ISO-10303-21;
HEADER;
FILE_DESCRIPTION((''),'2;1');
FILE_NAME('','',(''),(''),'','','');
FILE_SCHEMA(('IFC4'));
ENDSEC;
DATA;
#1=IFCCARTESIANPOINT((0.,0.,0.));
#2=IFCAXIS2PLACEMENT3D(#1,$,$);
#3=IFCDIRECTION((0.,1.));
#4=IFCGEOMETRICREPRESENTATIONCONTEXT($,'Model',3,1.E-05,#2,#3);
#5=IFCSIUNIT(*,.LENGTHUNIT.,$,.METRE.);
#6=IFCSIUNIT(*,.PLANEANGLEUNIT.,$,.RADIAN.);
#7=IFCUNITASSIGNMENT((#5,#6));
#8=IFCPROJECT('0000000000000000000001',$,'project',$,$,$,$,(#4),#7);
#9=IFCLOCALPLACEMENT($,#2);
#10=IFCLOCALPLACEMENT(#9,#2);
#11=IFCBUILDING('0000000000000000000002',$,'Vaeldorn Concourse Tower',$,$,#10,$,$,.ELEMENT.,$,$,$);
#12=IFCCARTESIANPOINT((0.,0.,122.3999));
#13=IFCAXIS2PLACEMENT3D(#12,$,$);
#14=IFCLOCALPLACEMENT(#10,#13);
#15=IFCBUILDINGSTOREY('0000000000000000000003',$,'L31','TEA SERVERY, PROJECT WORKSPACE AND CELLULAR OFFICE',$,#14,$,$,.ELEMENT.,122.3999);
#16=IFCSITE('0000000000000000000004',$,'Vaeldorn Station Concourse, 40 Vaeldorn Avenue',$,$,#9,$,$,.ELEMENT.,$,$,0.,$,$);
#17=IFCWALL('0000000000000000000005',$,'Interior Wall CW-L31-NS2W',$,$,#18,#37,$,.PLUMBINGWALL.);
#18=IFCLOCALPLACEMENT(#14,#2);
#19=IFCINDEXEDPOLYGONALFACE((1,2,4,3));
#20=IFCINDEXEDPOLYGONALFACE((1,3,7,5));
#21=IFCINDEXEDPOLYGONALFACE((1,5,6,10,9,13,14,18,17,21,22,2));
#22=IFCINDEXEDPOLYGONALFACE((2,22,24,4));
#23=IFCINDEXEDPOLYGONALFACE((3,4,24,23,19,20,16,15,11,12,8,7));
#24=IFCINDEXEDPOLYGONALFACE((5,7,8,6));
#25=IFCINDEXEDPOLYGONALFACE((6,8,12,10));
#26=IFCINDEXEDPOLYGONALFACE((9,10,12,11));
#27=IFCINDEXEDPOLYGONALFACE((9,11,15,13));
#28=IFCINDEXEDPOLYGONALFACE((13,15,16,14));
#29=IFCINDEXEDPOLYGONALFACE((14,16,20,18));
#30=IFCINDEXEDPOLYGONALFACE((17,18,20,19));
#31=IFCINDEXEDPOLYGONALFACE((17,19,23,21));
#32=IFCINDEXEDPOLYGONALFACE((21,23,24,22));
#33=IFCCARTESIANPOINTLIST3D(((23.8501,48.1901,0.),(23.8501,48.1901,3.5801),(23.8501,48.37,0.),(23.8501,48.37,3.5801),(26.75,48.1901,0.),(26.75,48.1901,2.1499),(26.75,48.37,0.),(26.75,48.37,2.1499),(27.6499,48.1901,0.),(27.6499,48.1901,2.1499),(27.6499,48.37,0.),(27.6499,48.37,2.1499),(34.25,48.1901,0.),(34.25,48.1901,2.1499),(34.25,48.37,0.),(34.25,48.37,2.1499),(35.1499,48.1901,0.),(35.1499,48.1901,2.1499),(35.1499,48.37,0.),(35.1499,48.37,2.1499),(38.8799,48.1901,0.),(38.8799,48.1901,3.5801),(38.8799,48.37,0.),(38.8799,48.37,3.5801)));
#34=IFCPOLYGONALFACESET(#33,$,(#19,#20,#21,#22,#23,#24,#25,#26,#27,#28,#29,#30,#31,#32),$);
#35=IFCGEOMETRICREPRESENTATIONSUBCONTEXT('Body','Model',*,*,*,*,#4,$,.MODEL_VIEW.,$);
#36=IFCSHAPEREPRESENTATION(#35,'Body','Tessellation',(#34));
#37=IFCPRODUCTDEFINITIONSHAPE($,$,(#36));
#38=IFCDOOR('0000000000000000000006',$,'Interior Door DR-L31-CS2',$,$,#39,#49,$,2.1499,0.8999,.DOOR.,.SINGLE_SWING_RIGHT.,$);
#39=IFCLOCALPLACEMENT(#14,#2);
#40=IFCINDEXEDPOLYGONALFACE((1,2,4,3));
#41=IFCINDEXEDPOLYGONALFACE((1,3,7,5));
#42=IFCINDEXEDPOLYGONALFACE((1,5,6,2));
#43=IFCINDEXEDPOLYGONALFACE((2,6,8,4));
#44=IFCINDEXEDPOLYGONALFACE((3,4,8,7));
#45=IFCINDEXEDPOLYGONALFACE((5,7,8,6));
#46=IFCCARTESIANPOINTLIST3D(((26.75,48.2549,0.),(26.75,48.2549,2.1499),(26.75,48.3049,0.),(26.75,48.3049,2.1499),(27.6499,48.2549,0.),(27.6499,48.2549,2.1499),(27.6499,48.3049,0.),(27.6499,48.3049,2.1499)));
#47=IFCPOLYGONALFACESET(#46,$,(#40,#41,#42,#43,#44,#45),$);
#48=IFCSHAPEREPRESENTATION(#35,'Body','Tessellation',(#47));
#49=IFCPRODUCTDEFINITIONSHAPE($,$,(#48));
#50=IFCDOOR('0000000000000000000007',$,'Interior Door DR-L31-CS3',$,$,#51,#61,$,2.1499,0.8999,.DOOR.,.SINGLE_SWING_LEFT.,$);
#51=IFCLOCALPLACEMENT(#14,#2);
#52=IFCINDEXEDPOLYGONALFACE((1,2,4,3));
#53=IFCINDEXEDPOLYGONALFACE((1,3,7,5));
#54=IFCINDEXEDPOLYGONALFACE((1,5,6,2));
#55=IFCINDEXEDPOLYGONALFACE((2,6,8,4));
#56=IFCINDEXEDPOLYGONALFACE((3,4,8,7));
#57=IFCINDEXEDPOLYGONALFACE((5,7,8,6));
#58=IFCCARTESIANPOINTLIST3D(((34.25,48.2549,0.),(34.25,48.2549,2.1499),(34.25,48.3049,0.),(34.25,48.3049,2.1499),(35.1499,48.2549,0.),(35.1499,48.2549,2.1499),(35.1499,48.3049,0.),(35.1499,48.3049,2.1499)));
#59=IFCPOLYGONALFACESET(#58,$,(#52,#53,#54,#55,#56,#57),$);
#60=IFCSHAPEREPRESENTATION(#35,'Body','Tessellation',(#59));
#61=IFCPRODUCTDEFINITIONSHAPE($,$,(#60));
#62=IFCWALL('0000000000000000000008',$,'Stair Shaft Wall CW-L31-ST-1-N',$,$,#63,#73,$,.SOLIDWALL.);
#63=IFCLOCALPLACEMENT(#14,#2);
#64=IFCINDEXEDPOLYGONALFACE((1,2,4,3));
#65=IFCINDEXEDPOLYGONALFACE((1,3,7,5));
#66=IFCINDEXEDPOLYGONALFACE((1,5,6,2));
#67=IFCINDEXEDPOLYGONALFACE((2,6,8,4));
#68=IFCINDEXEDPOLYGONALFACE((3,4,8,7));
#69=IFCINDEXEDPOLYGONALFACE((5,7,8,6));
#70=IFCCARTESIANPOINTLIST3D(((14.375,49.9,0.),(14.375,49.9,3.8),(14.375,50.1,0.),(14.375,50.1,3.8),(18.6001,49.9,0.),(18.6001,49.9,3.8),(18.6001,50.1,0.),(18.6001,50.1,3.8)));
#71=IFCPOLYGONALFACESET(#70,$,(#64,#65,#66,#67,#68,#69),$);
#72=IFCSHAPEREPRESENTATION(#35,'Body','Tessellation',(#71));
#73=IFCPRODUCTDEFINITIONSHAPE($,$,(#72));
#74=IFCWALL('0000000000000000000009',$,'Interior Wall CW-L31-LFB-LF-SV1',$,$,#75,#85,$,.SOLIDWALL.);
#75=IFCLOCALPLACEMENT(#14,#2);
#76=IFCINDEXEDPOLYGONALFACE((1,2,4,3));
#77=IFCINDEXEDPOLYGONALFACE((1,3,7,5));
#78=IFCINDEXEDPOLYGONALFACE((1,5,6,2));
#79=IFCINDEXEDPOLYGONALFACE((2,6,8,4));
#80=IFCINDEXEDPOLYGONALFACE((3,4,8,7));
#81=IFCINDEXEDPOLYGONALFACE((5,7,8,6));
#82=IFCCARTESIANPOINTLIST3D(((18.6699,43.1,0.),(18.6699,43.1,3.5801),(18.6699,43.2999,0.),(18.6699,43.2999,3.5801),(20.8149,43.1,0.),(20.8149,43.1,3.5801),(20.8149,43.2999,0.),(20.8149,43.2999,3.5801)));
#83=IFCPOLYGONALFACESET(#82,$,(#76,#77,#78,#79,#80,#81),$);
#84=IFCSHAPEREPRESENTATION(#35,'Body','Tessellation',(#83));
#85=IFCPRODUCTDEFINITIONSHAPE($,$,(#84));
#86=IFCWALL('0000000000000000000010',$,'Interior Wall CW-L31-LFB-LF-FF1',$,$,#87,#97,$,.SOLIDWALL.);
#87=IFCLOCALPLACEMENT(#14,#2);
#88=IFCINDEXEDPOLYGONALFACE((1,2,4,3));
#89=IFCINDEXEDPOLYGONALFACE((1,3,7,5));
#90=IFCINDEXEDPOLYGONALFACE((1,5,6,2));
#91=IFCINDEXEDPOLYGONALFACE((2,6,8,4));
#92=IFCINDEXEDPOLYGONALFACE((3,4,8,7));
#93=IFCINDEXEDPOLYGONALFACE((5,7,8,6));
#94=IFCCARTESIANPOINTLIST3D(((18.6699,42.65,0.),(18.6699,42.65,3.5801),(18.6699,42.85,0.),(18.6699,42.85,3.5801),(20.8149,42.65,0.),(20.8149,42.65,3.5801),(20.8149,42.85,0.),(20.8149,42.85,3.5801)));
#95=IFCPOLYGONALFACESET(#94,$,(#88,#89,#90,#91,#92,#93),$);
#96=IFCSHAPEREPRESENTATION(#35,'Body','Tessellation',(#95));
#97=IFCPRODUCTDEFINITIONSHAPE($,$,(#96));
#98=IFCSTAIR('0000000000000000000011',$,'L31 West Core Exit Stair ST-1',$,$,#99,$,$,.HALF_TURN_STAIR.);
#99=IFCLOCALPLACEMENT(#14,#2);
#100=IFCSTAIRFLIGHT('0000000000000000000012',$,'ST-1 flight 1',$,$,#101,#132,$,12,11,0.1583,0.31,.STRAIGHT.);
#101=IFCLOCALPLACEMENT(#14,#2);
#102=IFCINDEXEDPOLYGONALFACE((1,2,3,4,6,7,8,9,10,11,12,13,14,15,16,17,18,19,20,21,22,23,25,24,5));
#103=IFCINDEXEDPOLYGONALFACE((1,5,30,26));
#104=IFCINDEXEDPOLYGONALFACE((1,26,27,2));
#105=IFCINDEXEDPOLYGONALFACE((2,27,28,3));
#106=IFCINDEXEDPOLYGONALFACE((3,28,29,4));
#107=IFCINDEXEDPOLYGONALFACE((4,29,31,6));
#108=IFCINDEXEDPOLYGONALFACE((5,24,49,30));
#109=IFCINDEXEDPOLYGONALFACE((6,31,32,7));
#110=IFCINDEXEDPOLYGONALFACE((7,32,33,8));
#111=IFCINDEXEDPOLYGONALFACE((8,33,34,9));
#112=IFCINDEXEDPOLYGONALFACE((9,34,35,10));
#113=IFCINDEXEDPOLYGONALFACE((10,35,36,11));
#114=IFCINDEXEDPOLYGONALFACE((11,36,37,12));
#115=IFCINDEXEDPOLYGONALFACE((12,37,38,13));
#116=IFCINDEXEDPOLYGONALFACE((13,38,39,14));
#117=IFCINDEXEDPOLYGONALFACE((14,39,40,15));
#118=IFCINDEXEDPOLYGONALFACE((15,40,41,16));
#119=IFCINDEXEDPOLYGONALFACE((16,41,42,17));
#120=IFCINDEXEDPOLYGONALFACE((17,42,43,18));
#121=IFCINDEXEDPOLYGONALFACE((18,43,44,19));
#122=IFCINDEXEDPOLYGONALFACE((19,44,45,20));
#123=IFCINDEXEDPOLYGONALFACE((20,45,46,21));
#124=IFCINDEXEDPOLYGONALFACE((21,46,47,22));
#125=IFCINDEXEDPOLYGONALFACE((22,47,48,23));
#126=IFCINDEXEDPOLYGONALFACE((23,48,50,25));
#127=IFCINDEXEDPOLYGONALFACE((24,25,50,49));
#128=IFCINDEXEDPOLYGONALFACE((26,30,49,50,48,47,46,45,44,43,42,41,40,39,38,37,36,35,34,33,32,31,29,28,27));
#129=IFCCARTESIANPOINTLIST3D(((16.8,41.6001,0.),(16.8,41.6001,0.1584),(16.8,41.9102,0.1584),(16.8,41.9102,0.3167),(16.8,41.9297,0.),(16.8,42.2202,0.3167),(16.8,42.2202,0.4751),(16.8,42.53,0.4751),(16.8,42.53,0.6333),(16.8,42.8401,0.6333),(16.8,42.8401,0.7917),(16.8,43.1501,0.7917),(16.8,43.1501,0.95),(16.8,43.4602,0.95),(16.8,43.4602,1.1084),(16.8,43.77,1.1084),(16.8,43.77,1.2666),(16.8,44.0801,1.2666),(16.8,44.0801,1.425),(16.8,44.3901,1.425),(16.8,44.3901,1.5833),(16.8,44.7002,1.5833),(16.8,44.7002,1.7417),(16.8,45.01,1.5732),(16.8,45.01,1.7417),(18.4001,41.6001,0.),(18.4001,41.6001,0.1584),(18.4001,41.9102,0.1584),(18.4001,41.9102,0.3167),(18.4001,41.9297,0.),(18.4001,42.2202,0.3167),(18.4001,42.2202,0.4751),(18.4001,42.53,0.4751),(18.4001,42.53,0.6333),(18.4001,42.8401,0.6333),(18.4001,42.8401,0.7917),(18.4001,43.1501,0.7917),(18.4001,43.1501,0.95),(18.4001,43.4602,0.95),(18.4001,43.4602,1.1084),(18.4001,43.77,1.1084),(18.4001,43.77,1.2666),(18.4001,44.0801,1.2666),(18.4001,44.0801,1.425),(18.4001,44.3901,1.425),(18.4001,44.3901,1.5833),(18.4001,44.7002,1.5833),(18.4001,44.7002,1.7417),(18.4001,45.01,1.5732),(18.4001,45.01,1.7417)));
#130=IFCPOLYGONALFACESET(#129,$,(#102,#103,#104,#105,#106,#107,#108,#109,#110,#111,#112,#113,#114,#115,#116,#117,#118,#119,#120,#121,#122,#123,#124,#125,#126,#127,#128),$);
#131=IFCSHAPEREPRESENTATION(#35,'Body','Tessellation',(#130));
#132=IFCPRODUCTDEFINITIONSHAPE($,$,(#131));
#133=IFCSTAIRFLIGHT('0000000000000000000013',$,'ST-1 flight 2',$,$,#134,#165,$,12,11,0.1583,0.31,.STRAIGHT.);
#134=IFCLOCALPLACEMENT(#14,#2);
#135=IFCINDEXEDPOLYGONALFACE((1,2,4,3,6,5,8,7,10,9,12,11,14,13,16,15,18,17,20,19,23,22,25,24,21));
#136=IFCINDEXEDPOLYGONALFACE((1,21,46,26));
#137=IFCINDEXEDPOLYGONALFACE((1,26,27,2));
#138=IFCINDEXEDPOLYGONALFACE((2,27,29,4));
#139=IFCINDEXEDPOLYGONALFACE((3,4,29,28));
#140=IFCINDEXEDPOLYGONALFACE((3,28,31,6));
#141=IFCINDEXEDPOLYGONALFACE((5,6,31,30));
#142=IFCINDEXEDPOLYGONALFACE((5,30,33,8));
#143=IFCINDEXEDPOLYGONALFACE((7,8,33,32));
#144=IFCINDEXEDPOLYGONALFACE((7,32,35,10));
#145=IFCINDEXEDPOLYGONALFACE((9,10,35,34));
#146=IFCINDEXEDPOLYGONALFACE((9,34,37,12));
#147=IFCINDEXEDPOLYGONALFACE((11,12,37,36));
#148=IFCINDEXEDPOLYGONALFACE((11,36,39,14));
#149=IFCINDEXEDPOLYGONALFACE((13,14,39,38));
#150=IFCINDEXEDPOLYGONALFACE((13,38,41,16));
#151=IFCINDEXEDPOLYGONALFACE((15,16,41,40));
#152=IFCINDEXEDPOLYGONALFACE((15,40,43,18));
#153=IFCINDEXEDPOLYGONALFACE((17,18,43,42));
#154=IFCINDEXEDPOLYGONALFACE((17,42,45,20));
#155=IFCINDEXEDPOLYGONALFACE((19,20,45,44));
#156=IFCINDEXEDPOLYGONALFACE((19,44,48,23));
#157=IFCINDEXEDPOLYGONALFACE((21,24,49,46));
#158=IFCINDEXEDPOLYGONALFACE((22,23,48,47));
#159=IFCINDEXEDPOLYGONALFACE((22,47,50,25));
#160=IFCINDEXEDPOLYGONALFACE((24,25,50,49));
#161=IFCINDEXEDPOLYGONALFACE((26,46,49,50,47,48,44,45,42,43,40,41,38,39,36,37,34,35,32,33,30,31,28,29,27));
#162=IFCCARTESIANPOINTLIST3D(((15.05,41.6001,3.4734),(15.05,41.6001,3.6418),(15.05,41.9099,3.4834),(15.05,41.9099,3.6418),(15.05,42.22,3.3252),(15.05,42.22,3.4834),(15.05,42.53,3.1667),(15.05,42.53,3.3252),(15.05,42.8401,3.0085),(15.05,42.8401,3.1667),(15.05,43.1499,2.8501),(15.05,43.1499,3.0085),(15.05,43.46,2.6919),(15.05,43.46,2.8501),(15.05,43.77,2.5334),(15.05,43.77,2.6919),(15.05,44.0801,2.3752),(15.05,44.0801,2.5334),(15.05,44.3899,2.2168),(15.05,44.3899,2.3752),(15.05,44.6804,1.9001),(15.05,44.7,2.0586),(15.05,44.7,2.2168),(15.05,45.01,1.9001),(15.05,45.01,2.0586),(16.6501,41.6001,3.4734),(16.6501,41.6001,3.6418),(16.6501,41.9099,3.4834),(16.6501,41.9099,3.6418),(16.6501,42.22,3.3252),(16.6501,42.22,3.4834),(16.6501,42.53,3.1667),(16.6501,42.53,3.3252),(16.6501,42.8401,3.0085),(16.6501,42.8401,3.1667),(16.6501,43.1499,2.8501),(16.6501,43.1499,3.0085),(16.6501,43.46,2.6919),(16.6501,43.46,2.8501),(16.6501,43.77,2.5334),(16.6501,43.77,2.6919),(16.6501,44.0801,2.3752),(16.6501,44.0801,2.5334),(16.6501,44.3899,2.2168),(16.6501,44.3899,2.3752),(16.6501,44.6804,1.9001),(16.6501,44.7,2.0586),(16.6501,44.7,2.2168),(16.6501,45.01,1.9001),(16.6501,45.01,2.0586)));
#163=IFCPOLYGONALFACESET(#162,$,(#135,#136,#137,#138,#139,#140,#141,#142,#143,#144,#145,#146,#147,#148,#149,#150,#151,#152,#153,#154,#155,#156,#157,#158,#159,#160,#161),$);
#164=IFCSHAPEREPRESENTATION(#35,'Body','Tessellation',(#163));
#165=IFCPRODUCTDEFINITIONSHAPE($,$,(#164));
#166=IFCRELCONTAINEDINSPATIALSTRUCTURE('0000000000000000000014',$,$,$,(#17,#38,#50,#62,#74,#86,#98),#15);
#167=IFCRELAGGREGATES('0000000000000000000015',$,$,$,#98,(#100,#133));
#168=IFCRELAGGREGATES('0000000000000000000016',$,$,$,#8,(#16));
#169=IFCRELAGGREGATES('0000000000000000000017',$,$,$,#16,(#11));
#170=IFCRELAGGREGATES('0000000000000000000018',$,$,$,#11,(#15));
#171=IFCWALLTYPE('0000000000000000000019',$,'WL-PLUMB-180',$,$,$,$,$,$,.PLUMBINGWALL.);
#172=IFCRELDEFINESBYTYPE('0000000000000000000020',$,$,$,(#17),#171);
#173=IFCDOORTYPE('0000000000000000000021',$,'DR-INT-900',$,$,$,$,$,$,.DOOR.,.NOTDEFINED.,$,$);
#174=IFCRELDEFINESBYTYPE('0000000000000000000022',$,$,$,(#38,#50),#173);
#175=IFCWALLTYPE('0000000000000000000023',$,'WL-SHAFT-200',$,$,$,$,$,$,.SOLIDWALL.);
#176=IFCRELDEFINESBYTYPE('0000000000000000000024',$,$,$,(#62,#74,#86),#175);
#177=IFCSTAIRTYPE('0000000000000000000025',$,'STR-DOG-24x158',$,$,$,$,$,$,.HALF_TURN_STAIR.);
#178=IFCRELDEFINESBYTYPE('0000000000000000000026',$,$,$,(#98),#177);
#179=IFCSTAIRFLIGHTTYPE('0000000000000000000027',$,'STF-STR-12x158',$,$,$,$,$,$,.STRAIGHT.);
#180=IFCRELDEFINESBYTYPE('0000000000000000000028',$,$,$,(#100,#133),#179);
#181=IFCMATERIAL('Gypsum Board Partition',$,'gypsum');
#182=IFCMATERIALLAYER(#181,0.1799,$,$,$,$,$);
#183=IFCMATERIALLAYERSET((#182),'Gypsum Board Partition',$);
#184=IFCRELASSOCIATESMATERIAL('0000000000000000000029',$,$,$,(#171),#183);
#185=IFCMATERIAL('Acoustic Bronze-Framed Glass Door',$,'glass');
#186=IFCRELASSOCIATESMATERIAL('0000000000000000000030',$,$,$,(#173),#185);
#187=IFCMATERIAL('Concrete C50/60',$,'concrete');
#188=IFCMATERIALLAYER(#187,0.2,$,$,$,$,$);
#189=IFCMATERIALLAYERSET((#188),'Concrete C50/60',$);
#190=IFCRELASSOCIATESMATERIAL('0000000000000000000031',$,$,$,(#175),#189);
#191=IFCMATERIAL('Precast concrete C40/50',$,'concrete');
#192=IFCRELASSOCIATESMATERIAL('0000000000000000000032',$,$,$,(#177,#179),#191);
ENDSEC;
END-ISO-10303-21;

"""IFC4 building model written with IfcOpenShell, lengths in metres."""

from ifc_helpers import new_model, si_unit, direction, frame, frame_2d, origin, place, context, subcontext, project, spatial, polyline, rectangle, outline, extrude, source, transform, mapped, material, layer, layer_set, type_object, element, fill, aggregate, save


model = new_model("IFC4")

# Units and contexts
model_context = context("Model", 3, precision=1e-05, world=origin(), true_north=direction((0.0, 1.0)))
body_context = subcontext(model_context, "Body", "Model", "MODEL_VIEW")
ifc_project = project(units=[si_unit("LENGTHUNIT", "METRE"), si_unit("PLANEANGLEUNIT", "RADIAN")], contexts=[model_context])

# Site, building, storey
site_placement = place(None, origin())
site = spatial("IfcSite", under=ifc_project, at=site_placement, Name="Vaeldorn Station Concourse, 40 Vaeldorn Avenue", CompositionType="ELEMENT", RefElevation=0.0)
building_placement = place(site_placement, origin())
building = spatial("IfcBuilding", under=site, at=building_placement, Name="Vaeldorn Concourse Tower", CompositionType="ELEMENT")
storey_placement = place(building_placement, frame((0.0, 0.0, 122.3999)))
storey = spatial("IfcBuildingStorey", under=building, at=storey_placement, Name="L31", Description="TEA SERVERY, PROJECT WORKSPACE AND CELLULAR OFFICE", CompositionType="ELEMENT", Elevation=122.3999)

# Shared definitions
ifc_material_1 = material(Name="Gypsum Board Partition", Category="gypsum")

# Wall, openings, doors
ifc_layer_1 = layer(ifc_material_1, 0.1799)
ifc_layer_set_1 = layer_set([ifc_layer_1], Name="Gypsum Board Partition")
wall_type_1 = type_object("IfcWallType", Name="WL-PLUMB-180", PredefinedType="PLUMBINGWALL", material=ifc_layer_set_1)
wall_1_placement = place(storey_placement, frame((23.8501, 48.28, 0.0), z_axis=(0.0, 0.0, 1.0), x_axis=(1.0, 0.0, 0.0)))
wall_1 = element("IfcWall", 1, at=wall_1_placement, inside=storey, type_object=wall_type_1, Name="Interior Wall CW-L31-NS2W", PredefinedType="PLUMBINGWALL", context=body_context, shape_type="SweptSolid", body=[
    extrude(rectangle(XDim=15.0298, YDim=0.1799, at=frame_2d((7.5149, 0.0))), origin(), (0.0, 0.0, 1.0), 3.5801),
])
opening_1_placement = place(wall_1_placement, frame((2.8999, 0.0, 0.0)))
opening_1 = element("IfcOpeningElement", 2, at=opening_1_placement, cuts=wall_1, PredefinedType="OPENING", context=body_context, shape_type="SweptSolid", body=[
    extrude(rectangle(XDim=0.8999, YDim=2.1499, at=frame_2d((0.45, 1.075))), frame((0.0, 0.1001, 0.0), z_axis=(0.0, -1.0, 0.0), x_axis=(1.0, 0.0, 0.0)), (0.0, 0.0, 1.0), 0.2),
])
opening_2_placement = place(wall_1_placement, frame((10.3999, 0.0, 0.0)))
opening_2 = element("IfcOpeningElement", 3, at=opening_2_placement, cuts=wall_1, PredefinedType="OPENING", context=body_context, shape_type="SweptSolid", body=[
    extrude(rectangle(XDim=0.8999, YDim=2.1499, at=frame_2d((0.45, 1.075))), frame((0.0, 0.1001, 0.0), z_axis=(0.0, -1.0, 0.0), x_axis=(1.0, 0.0, 0.0)), (0.0, 0.0, 1.0), 0.2),
])
ifc_material_2 = material(Name="Acoustic Bronze-Framed Glass Door", Category="glass")
door_type_1 = type_object("IfcDoorType", Name="DR-INT-900", OperationType="NOTDEFINED", PredefinedType="DOOR", material=ifc_material_2)
shared_shape_1 = source(origin(), body_context, "Body", "SweptSolid", [
    extrude(rectangle(XDim=0.8999, YDim=2.1499, at=frame_2d((0.45, 1.075))), frame((0.0, 0.0249, 0.0), z_axis=(0.0, -1.0, 0.0), x_axis=(1.0, 0.0, 0.0)), (0.0, 0.0, 1.0), 0.05),
])
door_1_placement = place(opening_1_placement, origin())
door_1 = element("IfcDoor", 4, at=door_1_placement, inside=storey, type_object=door_type_1, Name="Interior Door DR-L31-CS2", OperationType="SINGLE_SWING_RIGHT", OverallHeight=2.1499, OverallWidth=0.8999, PredefinedType="DOOR", context=body_context, shape_type="MappedRepresentation", body=[
    mapped(shared_shape_1, transform((0.0, 0.0, 0.0), scale=1.0)),
])
fill(opening_1, door_1)
door_2_placement = place(opening_2_placement, origin())
door_2 = element("IfcDoor", 5, at=door_2_placement, inside=storey, type_object=door_type_1, Name="Interior Door DR-L31-CS3", OperationType="SINGLE_SWING_LEFT", OverallHeight=2.1499, OverallWidth=0.8999, PredefinedType="DOOR", context=body_context, shape_type="MappedRepresentation", body=[
    mapped(shared_shape_1, transform((0.0, 0.0, 0.0), scale=1.0)),
])
fill(opening_2, door_2)

# Wall
ifc_material_3 = material(Name="Concrete C50/60", Category="concrete")
ifc_layer_2 = layer(ifc_material_3, 0.2)
ifc_layer_set_2 = layer_set([ifc_layer_2], Name="Concrete C50/60")
wall_type_2 = type_object("IfcWallType", Name="WL-SHAFT-200", PredefinedType="SOLIDWALL", material=ifc_layer_set_2)
wall_2_placement = place(storey_placement, frame((14.375, 50.0, 0.0), z_axis=(0.0, 0.0, 1.0), x_axis=(1.0, 0.0, 0.0)))
element("IfcWall", 6, at=wall_2_placement, inside=storey, type_object=wall_type_2, Name="Stair Shaft Wall CW-L31-ST-1-N", PredefinedType="SOLIDWALL", context=body_context, shape_type="SweptSolid", body=[
    extrude(rectangle(XDim=4.2251, YDim=0.2, at=frame_2d((2.1125, 0.0))), origin(), (0.0, 0.0, 1.0), 3.8),
])

# Walls
for number, where, z_axis, x_axis, name in (
    (7, (18.6699, 43.2, 0.0), (0.0, 0.0, 1.0), (1.0, 0.0, 0.0), "Interior Wall CW-L31-LFB-LF-SV1"),
    (8, (18.6699, 42.75, 0.0), (0.0, 0.0, 1.0), (1.0, 0.0, 0.0), "Interior Wall CW-L31-LFB-LF-FF1"),
):
    element("IfcWall", number, at=place(storey_placement, frame(where, z_axis=z_axis, x_axis=x_axis)), inside=storey, type_object=wall_type_2, Name=name, PredefinedType="SOLIDWALL", context=body_context, shape_type="SweptSolid", body=[
        extrude(rectangle(XDim=2.145, YDim=0.2, at=frame_2d((1.0725, 0.0))), origin(), (0.0, 0.0, 1.0), 3.5801),
    ])

# Stair, stair flights
ifc_material_4 = material(Name="Precast concrete C40/50", Category="concrete")
stair_type = type_object("IfcStairType", Name="STR-DOG-24x158", PredefinedType="HALF_TURN_STAIR", material=ifc_material_4)
stair_placement = place(storey_placement, origin())
stair = element("IfcStair", 9, at=stair_placement, inside=storey, type_object=stair_type, Name="L31 West Core Exit Stair ST-1", PredefinedType="HALF_TURN_STAIR")
stair_flight_type = type_object("IfcStairFlightType", Name="STF-STR-12x158", PredefinedType="STRAIGHT", material=ifc_material_4)
stair_flight_1_placement = place(storey_placement, frame((17.6001, 41.6001, 0.0), z_axis=(0.0, 0.0, 1.0), x_axis=(0.0, 1.0, 0.0)))
stair_flight_1 = element("IfcStairFlight", 10, at=stair_flight_1_placement, type_object=stair_flight_type, Name="ST-1 flight 1", NumberOfRisers=12, NumberOfTreads=11, PredefinedType="STRAIGHT", RiserHeight=0.1583, TreadLength=0.31, context=body_context, shape_type="SweptSolid", body=[
    extrude(outline(polyline([(0.0, 0.0), (0.0, 0.1584), (0.3101, 0.1584), (0.3101, 0.3167), (0.6201, 0.3167), (0.6201, 0.4751), (0.9299, 0.4751), (0.9299, 0.6333), (1.24, 0.6333), (1.24, 0.7917), (1.55, 0.7917), (1.55, 0.95), (1.8601, 0.95), (1.8601, 1.1084), (2.1699, 1.1084), (2.1699, 1.2666), (2.48, 1.2666), (2.48, 1.425), (2.79, 1.425), (2.79, 1.5833), (3.1001, 1.5833), (3.1001, 1.7417), (3.4099, 1.7417), (3.4099, 1.8999), (3.4099, 1.5732), (0.3296, 0.0), (0.0, 0.0)])), frame((0.0, 0.8, 0.0), z_axis=(0.0, -1.0, 0.0), x_axis=(1.0, 0.0, 0.0)), (0.0, 0.0, 1.0), 1.6001),
])
stair_flight_2_placement = place(storey_placement, frame((15.8501, 45.01, 1.9001), z_axis=(0.0, 0.0, 1.0), x_axis=(0.0, -1.0, 0.0)))
stair_flight_2 = element("IfcStairFlight", 11, at=stair_flight_2_placement, type_object=stair_flight_type, Name="ST-1 flight 2", NumberOfRisers=12, NumberOfTreads=11, PredefinedType="STRAIGHT", RiserHeight=0.1583, TreadLength=0.31, context=body_context, shape_type="SweptSolid", body=[
    extrude(outline(polyline([(0.0, 0.0), (0.0, 0.1584), (0.3101, 0.1584), (0.3101, 0.3167), (0.6201, 0.3167), (0.6201, 0.4751), (0.9299, 0.4751), (0.9299, 0.6333), (1.24, 0.6333), (1.24, 0.7917), (1.55, 0.7917), (1.55, 0.95), (1.8601, 0.95), (1.8601, 1.1084), (2.1699, 1.1084), (2.1699, 1.2666), (2.48, 1.2666), (2.48, 1.425), (2.79, 1.425), (2.79, 1.5833), (3.1001, 1.5833), (3.1001, 1.7417), (3.4099, 1.7417), (3.4099, 1.8999), (3.4099, 1.5732), (0.3296, 0.0), (0.0, 0.0)])), frame((0.0, 0.8, 0.0), z_axis=(0.0, -1.0, 0.0), x_axis=(1.0, 0.0, 0.0)), (0.0, 0.0, 1.0), 1.6001),
])
aggregate(stair, [stair_flight_1, stair_flight_2])

save(model, "model.ifc")
